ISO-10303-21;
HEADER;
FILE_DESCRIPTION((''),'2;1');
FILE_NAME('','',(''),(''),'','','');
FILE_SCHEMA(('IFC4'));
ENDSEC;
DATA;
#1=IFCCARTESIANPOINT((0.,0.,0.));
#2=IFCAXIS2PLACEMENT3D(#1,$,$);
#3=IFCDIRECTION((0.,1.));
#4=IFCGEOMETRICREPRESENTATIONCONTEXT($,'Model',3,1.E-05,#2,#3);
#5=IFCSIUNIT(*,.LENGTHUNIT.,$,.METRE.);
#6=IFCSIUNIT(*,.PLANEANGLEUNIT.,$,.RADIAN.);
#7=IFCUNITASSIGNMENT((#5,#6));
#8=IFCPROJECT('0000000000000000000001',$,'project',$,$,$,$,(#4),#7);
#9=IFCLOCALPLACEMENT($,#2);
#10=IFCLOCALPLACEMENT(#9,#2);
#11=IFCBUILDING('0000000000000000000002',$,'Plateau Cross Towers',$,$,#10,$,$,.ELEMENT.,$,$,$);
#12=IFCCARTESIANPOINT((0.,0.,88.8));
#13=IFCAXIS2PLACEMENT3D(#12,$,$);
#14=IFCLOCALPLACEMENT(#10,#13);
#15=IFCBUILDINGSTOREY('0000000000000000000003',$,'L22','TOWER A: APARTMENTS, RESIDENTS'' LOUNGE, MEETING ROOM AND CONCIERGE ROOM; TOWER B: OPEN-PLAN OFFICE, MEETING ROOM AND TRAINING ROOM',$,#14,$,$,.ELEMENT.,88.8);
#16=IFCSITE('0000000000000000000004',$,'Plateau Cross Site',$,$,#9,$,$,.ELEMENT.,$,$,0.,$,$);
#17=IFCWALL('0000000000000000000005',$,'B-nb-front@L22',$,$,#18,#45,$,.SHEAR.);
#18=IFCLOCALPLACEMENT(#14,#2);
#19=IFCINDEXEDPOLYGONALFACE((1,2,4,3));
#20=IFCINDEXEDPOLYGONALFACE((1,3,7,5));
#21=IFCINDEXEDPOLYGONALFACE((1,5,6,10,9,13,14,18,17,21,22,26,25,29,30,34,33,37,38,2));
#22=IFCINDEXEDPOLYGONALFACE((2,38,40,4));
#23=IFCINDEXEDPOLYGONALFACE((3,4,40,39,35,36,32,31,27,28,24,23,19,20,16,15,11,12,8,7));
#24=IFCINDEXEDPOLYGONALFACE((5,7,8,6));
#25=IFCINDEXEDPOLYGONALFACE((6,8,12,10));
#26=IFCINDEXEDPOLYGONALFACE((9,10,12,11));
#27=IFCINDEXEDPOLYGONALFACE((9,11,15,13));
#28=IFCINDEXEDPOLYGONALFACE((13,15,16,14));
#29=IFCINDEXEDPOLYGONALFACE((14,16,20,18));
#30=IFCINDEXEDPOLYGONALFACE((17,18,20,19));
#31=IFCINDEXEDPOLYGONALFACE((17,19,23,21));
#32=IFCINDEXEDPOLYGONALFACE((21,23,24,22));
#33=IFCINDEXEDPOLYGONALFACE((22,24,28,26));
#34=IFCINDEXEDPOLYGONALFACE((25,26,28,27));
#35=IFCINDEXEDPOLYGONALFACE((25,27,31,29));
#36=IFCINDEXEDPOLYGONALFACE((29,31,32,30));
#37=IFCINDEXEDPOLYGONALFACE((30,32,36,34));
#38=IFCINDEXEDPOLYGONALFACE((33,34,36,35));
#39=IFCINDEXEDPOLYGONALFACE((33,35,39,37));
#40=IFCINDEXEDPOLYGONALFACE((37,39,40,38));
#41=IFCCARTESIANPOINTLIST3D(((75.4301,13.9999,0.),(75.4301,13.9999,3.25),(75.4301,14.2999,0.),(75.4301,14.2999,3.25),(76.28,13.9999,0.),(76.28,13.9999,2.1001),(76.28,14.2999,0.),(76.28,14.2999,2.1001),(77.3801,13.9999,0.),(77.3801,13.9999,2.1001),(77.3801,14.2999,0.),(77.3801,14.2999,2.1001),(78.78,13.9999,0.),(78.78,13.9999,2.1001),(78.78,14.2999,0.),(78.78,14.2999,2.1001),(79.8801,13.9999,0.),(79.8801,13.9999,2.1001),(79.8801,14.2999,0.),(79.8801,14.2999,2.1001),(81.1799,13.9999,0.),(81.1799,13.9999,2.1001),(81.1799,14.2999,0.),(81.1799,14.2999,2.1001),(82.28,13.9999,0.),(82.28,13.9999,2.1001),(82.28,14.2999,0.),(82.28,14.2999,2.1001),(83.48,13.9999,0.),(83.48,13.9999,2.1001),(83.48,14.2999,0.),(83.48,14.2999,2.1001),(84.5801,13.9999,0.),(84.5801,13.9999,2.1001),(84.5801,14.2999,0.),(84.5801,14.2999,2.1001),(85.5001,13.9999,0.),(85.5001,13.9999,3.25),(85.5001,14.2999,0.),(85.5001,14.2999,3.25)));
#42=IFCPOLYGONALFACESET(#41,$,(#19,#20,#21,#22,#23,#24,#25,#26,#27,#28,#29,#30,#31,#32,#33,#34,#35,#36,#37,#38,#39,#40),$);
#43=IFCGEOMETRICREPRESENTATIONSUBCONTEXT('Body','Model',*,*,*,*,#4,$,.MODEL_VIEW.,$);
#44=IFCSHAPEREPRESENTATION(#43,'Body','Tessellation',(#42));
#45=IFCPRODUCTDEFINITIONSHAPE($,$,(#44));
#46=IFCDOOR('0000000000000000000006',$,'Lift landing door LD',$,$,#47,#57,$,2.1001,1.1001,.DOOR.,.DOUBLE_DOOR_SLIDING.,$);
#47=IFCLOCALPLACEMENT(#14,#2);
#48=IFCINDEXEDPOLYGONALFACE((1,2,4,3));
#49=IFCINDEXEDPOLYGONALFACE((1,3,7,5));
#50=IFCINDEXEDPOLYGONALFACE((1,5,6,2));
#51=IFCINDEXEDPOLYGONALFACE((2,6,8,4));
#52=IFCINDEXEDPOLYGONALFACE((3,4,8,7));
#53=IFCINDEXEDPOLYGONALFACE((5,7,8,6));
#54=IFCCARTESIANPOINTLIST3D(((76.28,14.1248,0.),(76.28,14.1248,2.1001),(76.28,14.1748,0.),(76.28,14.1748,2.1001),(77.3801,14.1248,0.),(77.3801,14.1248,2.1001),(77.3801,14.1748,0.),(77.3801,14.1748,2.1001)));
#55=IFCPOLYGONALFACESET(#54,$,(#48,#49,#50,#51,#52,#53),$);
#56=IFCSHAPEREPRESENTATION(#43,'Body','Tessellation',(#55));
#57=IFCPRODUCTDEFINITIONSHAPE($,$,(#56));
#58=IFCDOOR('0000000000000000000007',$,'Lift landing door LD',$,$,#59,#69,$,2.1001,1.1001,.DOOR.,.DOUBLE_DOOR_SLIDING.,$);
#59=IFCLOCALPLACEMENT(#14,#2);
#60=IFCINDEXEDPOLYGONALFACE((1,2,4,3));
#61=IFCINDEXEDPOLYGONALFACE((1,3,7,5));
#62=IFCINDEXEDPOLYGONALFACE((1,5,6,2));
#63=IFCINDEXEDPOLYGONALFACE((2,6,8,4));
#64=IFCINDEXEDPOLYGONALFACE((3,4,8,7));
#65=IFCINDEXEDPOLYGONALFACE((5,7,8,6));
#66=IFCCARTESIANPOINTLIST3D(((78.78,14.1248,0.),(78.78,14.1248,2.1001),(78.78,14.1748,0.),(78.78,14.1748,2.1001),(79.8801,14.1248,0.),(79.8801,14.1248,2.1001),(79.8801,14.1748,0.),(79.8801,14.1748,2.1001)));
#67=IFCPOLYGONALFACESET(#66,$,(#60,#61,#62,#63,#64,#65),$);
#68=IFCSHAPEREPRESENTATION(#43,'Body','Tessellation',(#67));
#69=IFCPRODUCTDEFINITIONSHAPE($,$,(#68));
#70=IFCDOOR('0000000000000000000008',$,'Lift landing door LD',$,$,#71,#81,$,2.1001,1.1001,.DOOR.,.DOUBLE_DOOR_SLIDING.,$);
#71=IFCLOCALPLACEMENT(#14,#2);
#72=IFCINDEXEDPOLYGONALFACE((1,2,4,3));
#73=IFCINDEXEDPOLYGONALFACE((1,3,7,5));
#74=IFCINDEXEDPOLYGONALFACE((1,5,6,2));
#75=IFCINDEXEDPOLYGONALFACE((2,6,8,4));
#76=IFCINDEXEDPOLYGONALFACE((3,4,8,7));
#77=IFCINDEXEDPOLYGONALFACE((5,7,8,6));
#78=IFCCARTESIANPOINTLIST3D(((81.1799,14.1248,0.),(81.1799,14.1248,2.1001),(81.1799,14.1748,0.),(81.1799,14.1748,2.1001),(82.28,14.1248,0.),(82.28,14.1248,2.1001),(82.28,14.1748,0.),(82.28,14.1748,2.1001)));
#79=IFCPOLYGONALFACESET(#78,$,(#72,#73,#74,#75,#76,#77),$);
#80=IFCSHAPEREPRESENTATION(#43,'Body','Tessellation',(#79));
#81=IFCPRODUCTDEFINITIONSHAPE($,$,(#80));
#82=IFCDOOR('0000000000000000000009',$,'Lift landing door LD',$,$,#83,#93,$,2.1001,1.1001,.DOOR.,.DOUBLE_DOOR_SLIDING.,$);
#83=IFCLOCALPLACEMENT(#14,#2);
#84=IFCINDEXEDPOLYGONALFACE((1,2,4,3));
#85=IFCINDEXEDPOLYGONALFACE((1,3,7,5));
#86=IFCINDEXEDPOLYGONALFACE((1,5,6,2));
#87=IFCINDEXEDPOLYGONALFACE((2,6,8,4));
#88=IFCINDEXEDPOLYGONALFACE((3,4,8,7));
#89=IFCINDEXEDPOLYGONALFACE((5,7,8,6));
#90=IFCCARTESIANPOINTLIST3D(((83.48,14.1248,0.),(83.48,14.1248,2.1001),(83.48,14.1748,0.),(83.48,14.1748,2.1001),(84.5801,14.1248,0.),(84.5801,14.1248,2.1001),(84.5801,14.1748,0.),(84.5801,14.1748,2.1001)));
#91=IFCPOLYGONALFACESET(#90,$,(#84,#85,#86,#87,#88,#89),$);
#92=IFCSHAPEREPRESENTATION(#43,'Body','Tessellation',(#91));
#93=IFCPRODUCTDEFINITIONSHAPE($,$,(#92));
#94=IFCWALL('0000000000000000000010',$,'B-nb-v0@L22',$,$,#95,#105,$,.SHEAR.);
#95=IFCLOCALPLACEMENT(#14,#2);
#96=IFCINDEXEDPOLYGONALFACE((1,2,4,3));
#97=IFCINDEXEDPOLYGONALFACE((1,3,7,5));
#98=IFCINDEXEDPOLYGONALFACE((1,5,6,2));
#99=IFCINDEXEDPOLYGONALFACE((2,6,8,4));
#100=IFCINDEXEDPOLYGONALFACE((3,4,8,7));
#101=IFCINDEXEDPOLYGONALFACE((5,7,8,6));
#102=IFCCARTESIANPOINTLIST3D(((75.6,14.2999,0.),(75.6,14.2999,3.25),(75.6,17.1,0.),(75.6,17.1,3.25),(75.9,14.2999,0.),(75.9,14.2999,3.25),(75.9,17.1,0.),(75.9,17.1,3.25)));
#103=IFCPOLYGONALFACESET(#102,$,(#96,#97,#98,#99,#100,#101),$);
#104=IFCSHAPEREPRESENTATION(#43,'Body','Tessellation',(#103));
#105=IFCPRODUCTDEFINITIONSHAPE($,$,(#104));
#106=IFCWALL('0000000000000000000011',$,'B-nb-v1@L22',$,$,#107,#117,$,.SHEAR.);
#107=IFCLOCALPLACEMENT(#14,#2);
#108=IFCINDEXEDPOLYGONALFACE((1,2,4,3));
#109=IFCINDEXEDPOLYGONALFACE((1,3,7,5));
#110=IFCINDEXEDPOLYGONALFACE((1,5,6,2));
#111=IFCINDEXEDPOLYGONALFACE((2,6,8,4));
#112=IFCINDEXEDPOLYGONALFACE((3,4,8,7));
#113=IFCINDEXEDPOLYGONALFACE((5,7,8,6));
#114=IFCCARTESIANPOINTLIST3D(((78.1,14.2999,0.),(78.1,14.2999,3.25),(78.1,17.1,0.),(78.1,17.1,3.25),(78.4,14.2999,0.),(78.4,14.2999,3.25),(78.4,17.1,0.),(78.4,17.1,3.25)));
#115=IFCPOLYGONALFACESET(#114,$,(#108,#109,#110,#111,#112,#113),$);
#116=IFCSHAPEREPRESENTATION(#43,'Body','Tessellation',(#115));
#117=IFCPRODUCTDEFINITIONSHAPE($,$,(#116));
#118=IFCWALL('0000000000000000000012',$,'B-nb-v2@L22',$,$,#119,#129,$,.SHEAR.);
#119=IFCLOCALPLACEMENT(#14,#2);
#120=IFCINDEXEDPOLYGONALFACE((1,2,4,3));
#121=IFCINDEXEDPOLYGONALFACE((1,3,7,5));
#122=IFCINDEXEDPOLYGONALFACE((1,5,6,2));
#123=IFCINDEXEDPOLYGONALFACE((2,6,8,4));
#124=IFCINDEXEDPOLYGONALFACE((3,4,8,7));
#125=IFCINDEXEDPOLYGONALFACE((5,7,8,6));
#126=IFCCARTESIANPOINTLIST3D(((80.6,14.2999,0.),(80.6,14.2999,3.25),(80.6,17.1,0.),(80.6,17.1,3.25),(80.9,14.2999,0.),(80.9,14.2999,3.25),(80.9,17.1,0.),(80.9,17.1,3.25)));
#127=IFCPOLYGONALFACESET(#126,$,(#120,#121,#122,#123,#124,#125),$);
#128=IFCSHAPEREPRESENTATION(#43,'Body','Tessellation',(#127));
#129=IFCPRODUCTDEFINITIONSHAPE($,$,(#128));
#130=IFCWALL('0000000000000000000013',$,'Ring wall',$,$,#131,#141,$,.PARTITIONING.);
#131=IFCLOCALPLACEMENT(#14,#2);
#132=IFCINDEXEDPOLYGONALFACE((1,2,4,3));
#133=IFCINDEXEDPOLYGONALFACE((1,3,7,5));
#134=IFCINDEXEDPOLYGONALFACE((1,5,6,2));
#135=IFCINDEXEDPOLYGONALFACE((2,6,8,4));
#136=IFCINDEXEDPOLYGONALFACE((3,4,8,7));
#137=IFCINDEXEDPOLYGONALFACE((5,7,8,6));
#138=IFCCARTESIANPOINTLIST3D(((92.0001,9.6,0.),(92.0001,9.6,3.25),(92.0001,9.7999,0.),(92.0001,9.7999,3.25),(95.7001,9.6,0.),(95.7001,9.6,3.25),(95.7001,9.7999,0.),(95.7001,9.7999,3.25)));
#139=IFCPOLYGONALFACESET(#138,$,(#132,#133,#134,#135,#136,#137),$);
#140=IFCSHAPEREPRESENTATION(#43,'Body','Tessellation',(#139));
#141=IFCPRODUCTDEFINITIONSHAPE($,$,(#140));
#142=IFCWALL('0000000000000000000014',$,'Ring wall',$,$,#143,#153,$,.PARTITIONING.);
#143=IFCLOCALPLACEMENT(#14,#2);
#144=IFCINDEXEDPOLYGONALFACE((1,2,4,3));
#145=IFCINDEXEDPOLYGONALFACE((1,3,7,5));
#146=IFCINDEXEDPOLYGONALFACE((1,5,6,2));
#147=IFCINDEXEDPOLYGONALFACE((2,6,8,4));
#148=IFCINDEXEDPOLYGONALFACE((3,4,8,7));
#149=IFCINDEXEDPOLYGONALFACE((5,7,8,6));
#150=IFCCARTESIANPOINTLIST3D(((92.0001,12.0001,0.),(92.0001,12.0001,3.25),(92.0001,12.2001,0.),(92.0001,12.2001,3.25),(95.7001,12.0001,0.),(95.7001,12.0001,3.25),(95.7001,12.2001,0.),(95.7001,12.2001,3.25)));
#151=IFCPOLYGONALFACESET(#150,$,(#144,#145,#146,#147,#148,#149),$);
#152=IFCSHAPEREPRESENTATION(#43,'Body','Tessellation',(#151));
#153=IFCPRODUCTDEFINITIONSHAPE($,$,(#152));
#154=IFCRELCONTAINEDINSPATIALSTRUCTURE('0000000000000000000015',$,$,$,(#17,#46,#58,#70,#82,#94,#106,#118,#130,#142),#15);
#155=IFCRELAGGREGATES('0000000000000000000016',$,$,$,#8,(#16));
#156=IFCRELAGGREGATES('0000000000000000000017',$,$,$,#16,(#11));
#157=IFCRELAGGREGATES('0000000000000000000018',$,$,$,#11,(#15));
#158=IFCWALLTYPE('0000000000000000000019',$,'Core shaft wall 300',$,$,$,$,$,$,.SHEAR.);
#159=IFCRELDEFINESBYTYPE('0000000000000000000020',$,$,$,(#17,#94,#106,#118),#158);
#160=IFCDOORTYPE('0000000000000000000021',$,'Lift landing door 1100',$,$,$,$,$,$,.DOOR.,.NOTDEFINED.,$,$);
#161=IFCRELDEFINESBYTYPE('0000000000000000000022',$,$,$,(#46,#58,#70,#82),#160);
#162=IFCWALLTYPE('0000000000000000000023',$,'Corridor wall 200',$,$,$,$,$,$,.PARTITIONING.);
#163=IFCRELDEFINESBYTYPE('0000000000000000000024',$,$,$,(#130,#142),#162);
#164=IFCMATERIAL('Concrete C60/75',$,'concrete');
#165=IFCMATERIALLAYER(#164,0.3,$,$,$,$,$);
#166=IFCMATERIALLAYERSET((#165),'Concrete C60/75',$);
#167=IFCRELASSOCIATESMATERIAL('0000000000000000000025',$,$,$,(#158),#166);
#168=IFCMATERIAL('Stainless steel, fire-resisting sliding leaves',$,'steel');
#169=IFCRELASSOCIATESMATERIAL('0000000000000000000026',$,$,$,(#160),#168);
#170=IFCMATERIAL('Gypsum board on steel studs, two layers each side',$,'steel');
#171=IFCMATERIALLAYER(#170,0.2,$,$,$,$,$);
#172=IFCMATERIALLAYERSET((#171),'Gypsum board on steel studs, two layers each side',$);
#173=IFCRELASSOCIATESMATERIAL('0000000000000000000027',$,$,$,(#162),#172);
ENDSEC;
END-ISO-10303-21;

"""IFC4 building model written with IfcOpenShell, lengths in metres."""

from ifc_helpers import new_model, si_unit, direction, frame, frame_2d, origin, place, context, subcontext, project, spatial, rectangle, extrude, material, layer, layer_set, type_object, element, fill, save


model = new_model("IFC4")

# Units and contexts
model_context = context("Model", 3, precision=1e-05, world=origin(), true_north=direction((0.0, 1.0)))
body_context = subcontext(model_context, "Body", "Model", "MODEL_VIEW")
ifc_project = project(units=[si_unit("LENGTHUNIT", "METRE"), si_unit("PLANEANGLEUNIT", "RADIAN")], contexts=[model_context])

# Site, building, storey
site_placement = place(None, origin())
site = spatial("IfcSite", under=ifc_project, at=site_placement, Name="Plateau Cross Site", CompositionType="ELEMENT", RefElevation=0.0)
building_placement = place(site_placement, origin())
building = spatial("IfcBuilding", under=site, at=building_placement, Name="Plateau Cross Towers", CompositionType="ELEMENT")
storey_placement = place(building_placement, frame((0.0, 0.0, 88.8)))
storey = spatial("IfcBuildingStorey", under=building, at=storey_placement, Name="L22", Description="TOWER A: APARTMENTS, RESIDENTS' LOUNGE, MEETING ROOM AND CONCIERGE ROOM; TOWER B: OPEN-PLAN OFFICE, MEETING ROOM AND TRAINING ROOM", CompositionType="ELEMENT", Elevation=88.8)

# Shared definitions
ifc_material_1 = material(Name="Concrete C60/75", Category="concrete")

# Wall, openings, doors
ifc_layer_1 = layer(ifc_material_1, 0.3)
ifc_layer_set_1 = layer_set([ifc_layer_1], Name="Concrete C60/75")
wall_type_1 = type_object("IfcWallType", Name="Core shaft wall 300", PredefinedType="SHEAR", material=ifc_layer_set_1)
wall_1_placement = place(storey_placement, frame((75.4299, 14.1499, 0.0), z_axis=(0.0, 0.0, 1.0), x_axis=(1.0, 0.0, 0.0)))
wall_1 = element("IfcWall", 1, at=wall_1_placement, inside=storey, type_object=wall_type_1, Name="B-nb-front@L22", PredefinedType="SHEAR", context=body_context, shape_type="SweptSolid", body=[
    extrude(rectangle(XDim=10.0701, YDim=0.3, at=frame_2d((5.0352, 0.0))), origin(), (0.0, 0.0, 1.0), 3.25),
])
opening_1_placement = place(wall_1_placement, frame((0.8501, 0.0, 0.0)))
opening_1 = element("IfcOpeningElement", 2, at=opening_1_placement, cuts=wall_1, PredefinedType="OPENING", context=body_context, shape_type="SweptSolid", body=[
    extrude(rectangle(XDim=1.1001, YDim=2.1001, at=frame_2d((0.55, 1.05))), frame((0.0, 0.1599, 0.0), z_axis=(0.0, -1.0, 0.0), x_axis=(1.0, 0.0, 0.0)), (0.0, 0.0, 1.0), 0.3201),
])
opening_2_placement = place(wall_1_placement, frame((3.3501, 0.0, 0.0)))
opening_2 = element("IfcOpeningElement", 3, at=opening_2_placement, cuts=wall_1, PredefinedType="OPENING", context=body_context, shape_type="SweptSolid", body=[
    extrude(rectangle(XDim=1.1001, YDim=2.1001, at=frame_2d((0.55, 1.05))), frame((0.0, 0.1599, 0.0), z_axis=(0.0, -1.0, 0.0), x_axis=(1.0, 0.0, 0.0)), (0.0, 0.0, 1.0), 0.3201),
])
opening_3_placement = place(wall_1_placement, frame((5.75, 0.0, 0.0)))
opening_3 = element("IfcOpeningElement", 4, at=opening_3_placement, cuts=wall_1, PredefinedType="OPENING", context=body_context, shape_type="SweptSolid", body=[
    extrude(rectangle(XDim=1.1001, YDim=2.1001, at=frame_2d((0.55, 1.05))), frame((0.0, 0.1599, 0.0), z_axis=(0.0, -1.0, 0.0), x_axis=(1.0, 0.0, 0.0)), (0.0, 0.0, 1.0), 0.3201),
])
opening_4_placement = place(wall_1_placement, frame((8.05, 0.0, 0.0)))
opening_4 = element("IfcOpeningElement", 5, at=opening_4_placement, cuts=wall_1, PredefinedType="OPENING", context=body_context, shape_type="SweptSolid", body=[
    extrude(rectangle(XDim=1.1001, YDim=2.1001, at=frame_2d((0.55, 1.05))), frame((0.0, 0.1599, 0.0), z_axis=(0.0, -1.0, 0.0), x_axis=(1.0, 0.0, 0.0)), (0.0, 0.0, 1.0), 0.3201),
])
ifc_material_2 = material(Name="Stainless steel, fire-resisting sliding leaves", Category="steel")
door_type_1 = type_object("IfcDoorType", Name="Lift landing door 1100", OperationType="NOTDEFINED", PredefinedType="DOOR", material=ifc_material_2)
door_1_placement = place(opening_1_placement, origin())
door_1 = element("IfcDoor", 6, at=door_1_placement, inside=storey, type_object=door_type_1, Name="Lift landing door LD", OperationType="DOUBLE_DOOR_SLIDING", OverallHeight=2.1001, OverallWidth=1.1001, PredefinedType="DOOR", context=body_context, shape_type="SweptSolid", body=[
    extrude(rectangle(XDim=1.1001, YDim=2.1001, at=frame_2d((0.55, 1.05))), frame((0.0, 0.0249, 0.0), z_axis=(0.0, -1.0, 0.0), x_axis=(1.0, 0.0, 0.0)), (0.0, 0.0, 1.0), 0.05),
])
fill(opening_1, door_1)
door_2_placement = place(opening_2_placement, origin())
door_2 = element("IfcDoor", 7, at=door_2_placement, inside=storey, type_object=door_type_1, Name="Lift landing door LD", OperationType="DOUBLE_DOOR_SLIDING", OverallHeight=2.1001, OverallWidth=1.1001, PredefinedType="DOOR", context=body_context, shape_type="SweptSolid", body=[
    extrude(rectangle(XDim=1.1001, YDim=2.1001, at=frame_2d((0.55, 1.05))), frame((0.0, 0.0249, 0.0), z_axis=(0.0, -1.0, 0.0), x_axis=(1.0, 0.0, 0.0)), (0.0, 0.0, 1.0), 0.05),
])
fill(opening_2, door_2)
door_3_placement = place(opening_3_placement, origin())
door_3 = element("IfcDoor", 8, at=door_3_placement, inside=storey, type_object=door_type_1, Name="Lift landing door LD", OperationType="DOUBLE_DOOR_SLIDING", OverallHeight=2.1001, OverallWidth=1.1001, PredefinedType="DOOR", context=body_context, shape_type="SweptSolid", body=[
    extrude(rectangle(XDim=1.1001, YDim=2.1001, at=frame_2d((0.55, 1.05))), frame((0.0, 0.0249, 0.0), z_axis=(0.0, -1.0, 0.0), x_axis=(1.0, 0.0, 0.0)), (0.0, 0.0, 1.0), 0.05),
])
fill(opening_3, door_3)
door_4_placement = place(opening_4_placement, origin())
door_4 = element("IfcDoor", 9, at=door_4_placement, inside=storey, type_object=door_type_1, Name="Lift landing door LD", OperationType="DOUBLE_DOOR_SLIDING", OverallHeight=2.1001, OverallWidth=1.1001, PredefinedType="DOOR", context=body_context, shape_type="SweptSolid", body=[
    extrude(rectangle(XDim=1.1001, YDim=2.1001, at=frame_2d((0.55, 1.05))), frame((0.0, 0.0249, 0.0), z_axis=(0.0, -1.0, 0.0), x_axis=(1.0, 0.0, 0.0)), (0.0, 0.0, 1.0), 0.05),
])
fill(opening_4, door_4)

# Walls
for number, where, z_axis, x_axis, name in (
    (10, (75.75, 14.3, 0.0), (0.0, 0.0, 1.0), (0.0, 1.0, 0.0), "B-nb-v0@L22"),
    (11, (78.25, 14.3, 0.0), (0.0, 0.0, 1.0), (0.0, 1.0, 0.0), "B-nb-v1@L22"),
    (12, (80.75, 14.3, 0.0), (0.0, 0.0, 1.0), (0.0, 1.0, 0.0), "B-nb-v2@L22"),
):
    element("IfcWall", number, at=place(storey_placement, frame(where, z_axis=z_axis, x_axis=x_axis)), inside=storey, type_object=wall_type_1, Name=name, PredefinedType="SHEAR", context=body_context, shape_type="SweptSolid", body=[
        extrude(rectangle(XDim=2.8, YDim=0.3, at=frame_2d((1.3999, 0.0))), origin(), (0.0, 0.0, 1.0), 3.25),
    ])

# Shared definitions
ifc_material_3 = material(Name="Gypsum board on steel studs, two layers each side", Category="steel")
ifc_layer_2 = layer(ifc_material_3, 0.2)
ifc_layer_set_2 = layer_set([ifc_layer_2], Name="Gypsum board on steel studs, two layers each side")
wall_type_2 = type_object("IfcWallType", Name="Corridor wall 200", PredefinedType="PARTITIONING", material=ifc_layer_set_2)

# Walls
for number, where, z_axis, x_axis, name in (
    (13, (92.0, 9.7, 0.0), (0.0, 0.0, 1.0), (1.0, 0.0, 0.0), "Ring wall"),
    (14, (92.0, 12.1001, 0.0), (0.0, 0.0, 1.0), (1.0, 0.0, 0.0), "Ring wall"),
):
    element("IfcWall", number, at=place(storey_placement, frame(where, z_axis=z_axis, x_axis=x_axis)), inside=storey, type_object=wall_type_2, Name=name, PredefinedType="PARTITIONING", context=body_context, shape_type="SweptSolid", body=[
        extrude(rectangle(XDim=3.7, YDim=0.2, at=frame_2d((1.8501, 0.0))), origin(), (0.0, 0.0, 1.0), 3.25),
    ])

save(model, "model.ifc")
